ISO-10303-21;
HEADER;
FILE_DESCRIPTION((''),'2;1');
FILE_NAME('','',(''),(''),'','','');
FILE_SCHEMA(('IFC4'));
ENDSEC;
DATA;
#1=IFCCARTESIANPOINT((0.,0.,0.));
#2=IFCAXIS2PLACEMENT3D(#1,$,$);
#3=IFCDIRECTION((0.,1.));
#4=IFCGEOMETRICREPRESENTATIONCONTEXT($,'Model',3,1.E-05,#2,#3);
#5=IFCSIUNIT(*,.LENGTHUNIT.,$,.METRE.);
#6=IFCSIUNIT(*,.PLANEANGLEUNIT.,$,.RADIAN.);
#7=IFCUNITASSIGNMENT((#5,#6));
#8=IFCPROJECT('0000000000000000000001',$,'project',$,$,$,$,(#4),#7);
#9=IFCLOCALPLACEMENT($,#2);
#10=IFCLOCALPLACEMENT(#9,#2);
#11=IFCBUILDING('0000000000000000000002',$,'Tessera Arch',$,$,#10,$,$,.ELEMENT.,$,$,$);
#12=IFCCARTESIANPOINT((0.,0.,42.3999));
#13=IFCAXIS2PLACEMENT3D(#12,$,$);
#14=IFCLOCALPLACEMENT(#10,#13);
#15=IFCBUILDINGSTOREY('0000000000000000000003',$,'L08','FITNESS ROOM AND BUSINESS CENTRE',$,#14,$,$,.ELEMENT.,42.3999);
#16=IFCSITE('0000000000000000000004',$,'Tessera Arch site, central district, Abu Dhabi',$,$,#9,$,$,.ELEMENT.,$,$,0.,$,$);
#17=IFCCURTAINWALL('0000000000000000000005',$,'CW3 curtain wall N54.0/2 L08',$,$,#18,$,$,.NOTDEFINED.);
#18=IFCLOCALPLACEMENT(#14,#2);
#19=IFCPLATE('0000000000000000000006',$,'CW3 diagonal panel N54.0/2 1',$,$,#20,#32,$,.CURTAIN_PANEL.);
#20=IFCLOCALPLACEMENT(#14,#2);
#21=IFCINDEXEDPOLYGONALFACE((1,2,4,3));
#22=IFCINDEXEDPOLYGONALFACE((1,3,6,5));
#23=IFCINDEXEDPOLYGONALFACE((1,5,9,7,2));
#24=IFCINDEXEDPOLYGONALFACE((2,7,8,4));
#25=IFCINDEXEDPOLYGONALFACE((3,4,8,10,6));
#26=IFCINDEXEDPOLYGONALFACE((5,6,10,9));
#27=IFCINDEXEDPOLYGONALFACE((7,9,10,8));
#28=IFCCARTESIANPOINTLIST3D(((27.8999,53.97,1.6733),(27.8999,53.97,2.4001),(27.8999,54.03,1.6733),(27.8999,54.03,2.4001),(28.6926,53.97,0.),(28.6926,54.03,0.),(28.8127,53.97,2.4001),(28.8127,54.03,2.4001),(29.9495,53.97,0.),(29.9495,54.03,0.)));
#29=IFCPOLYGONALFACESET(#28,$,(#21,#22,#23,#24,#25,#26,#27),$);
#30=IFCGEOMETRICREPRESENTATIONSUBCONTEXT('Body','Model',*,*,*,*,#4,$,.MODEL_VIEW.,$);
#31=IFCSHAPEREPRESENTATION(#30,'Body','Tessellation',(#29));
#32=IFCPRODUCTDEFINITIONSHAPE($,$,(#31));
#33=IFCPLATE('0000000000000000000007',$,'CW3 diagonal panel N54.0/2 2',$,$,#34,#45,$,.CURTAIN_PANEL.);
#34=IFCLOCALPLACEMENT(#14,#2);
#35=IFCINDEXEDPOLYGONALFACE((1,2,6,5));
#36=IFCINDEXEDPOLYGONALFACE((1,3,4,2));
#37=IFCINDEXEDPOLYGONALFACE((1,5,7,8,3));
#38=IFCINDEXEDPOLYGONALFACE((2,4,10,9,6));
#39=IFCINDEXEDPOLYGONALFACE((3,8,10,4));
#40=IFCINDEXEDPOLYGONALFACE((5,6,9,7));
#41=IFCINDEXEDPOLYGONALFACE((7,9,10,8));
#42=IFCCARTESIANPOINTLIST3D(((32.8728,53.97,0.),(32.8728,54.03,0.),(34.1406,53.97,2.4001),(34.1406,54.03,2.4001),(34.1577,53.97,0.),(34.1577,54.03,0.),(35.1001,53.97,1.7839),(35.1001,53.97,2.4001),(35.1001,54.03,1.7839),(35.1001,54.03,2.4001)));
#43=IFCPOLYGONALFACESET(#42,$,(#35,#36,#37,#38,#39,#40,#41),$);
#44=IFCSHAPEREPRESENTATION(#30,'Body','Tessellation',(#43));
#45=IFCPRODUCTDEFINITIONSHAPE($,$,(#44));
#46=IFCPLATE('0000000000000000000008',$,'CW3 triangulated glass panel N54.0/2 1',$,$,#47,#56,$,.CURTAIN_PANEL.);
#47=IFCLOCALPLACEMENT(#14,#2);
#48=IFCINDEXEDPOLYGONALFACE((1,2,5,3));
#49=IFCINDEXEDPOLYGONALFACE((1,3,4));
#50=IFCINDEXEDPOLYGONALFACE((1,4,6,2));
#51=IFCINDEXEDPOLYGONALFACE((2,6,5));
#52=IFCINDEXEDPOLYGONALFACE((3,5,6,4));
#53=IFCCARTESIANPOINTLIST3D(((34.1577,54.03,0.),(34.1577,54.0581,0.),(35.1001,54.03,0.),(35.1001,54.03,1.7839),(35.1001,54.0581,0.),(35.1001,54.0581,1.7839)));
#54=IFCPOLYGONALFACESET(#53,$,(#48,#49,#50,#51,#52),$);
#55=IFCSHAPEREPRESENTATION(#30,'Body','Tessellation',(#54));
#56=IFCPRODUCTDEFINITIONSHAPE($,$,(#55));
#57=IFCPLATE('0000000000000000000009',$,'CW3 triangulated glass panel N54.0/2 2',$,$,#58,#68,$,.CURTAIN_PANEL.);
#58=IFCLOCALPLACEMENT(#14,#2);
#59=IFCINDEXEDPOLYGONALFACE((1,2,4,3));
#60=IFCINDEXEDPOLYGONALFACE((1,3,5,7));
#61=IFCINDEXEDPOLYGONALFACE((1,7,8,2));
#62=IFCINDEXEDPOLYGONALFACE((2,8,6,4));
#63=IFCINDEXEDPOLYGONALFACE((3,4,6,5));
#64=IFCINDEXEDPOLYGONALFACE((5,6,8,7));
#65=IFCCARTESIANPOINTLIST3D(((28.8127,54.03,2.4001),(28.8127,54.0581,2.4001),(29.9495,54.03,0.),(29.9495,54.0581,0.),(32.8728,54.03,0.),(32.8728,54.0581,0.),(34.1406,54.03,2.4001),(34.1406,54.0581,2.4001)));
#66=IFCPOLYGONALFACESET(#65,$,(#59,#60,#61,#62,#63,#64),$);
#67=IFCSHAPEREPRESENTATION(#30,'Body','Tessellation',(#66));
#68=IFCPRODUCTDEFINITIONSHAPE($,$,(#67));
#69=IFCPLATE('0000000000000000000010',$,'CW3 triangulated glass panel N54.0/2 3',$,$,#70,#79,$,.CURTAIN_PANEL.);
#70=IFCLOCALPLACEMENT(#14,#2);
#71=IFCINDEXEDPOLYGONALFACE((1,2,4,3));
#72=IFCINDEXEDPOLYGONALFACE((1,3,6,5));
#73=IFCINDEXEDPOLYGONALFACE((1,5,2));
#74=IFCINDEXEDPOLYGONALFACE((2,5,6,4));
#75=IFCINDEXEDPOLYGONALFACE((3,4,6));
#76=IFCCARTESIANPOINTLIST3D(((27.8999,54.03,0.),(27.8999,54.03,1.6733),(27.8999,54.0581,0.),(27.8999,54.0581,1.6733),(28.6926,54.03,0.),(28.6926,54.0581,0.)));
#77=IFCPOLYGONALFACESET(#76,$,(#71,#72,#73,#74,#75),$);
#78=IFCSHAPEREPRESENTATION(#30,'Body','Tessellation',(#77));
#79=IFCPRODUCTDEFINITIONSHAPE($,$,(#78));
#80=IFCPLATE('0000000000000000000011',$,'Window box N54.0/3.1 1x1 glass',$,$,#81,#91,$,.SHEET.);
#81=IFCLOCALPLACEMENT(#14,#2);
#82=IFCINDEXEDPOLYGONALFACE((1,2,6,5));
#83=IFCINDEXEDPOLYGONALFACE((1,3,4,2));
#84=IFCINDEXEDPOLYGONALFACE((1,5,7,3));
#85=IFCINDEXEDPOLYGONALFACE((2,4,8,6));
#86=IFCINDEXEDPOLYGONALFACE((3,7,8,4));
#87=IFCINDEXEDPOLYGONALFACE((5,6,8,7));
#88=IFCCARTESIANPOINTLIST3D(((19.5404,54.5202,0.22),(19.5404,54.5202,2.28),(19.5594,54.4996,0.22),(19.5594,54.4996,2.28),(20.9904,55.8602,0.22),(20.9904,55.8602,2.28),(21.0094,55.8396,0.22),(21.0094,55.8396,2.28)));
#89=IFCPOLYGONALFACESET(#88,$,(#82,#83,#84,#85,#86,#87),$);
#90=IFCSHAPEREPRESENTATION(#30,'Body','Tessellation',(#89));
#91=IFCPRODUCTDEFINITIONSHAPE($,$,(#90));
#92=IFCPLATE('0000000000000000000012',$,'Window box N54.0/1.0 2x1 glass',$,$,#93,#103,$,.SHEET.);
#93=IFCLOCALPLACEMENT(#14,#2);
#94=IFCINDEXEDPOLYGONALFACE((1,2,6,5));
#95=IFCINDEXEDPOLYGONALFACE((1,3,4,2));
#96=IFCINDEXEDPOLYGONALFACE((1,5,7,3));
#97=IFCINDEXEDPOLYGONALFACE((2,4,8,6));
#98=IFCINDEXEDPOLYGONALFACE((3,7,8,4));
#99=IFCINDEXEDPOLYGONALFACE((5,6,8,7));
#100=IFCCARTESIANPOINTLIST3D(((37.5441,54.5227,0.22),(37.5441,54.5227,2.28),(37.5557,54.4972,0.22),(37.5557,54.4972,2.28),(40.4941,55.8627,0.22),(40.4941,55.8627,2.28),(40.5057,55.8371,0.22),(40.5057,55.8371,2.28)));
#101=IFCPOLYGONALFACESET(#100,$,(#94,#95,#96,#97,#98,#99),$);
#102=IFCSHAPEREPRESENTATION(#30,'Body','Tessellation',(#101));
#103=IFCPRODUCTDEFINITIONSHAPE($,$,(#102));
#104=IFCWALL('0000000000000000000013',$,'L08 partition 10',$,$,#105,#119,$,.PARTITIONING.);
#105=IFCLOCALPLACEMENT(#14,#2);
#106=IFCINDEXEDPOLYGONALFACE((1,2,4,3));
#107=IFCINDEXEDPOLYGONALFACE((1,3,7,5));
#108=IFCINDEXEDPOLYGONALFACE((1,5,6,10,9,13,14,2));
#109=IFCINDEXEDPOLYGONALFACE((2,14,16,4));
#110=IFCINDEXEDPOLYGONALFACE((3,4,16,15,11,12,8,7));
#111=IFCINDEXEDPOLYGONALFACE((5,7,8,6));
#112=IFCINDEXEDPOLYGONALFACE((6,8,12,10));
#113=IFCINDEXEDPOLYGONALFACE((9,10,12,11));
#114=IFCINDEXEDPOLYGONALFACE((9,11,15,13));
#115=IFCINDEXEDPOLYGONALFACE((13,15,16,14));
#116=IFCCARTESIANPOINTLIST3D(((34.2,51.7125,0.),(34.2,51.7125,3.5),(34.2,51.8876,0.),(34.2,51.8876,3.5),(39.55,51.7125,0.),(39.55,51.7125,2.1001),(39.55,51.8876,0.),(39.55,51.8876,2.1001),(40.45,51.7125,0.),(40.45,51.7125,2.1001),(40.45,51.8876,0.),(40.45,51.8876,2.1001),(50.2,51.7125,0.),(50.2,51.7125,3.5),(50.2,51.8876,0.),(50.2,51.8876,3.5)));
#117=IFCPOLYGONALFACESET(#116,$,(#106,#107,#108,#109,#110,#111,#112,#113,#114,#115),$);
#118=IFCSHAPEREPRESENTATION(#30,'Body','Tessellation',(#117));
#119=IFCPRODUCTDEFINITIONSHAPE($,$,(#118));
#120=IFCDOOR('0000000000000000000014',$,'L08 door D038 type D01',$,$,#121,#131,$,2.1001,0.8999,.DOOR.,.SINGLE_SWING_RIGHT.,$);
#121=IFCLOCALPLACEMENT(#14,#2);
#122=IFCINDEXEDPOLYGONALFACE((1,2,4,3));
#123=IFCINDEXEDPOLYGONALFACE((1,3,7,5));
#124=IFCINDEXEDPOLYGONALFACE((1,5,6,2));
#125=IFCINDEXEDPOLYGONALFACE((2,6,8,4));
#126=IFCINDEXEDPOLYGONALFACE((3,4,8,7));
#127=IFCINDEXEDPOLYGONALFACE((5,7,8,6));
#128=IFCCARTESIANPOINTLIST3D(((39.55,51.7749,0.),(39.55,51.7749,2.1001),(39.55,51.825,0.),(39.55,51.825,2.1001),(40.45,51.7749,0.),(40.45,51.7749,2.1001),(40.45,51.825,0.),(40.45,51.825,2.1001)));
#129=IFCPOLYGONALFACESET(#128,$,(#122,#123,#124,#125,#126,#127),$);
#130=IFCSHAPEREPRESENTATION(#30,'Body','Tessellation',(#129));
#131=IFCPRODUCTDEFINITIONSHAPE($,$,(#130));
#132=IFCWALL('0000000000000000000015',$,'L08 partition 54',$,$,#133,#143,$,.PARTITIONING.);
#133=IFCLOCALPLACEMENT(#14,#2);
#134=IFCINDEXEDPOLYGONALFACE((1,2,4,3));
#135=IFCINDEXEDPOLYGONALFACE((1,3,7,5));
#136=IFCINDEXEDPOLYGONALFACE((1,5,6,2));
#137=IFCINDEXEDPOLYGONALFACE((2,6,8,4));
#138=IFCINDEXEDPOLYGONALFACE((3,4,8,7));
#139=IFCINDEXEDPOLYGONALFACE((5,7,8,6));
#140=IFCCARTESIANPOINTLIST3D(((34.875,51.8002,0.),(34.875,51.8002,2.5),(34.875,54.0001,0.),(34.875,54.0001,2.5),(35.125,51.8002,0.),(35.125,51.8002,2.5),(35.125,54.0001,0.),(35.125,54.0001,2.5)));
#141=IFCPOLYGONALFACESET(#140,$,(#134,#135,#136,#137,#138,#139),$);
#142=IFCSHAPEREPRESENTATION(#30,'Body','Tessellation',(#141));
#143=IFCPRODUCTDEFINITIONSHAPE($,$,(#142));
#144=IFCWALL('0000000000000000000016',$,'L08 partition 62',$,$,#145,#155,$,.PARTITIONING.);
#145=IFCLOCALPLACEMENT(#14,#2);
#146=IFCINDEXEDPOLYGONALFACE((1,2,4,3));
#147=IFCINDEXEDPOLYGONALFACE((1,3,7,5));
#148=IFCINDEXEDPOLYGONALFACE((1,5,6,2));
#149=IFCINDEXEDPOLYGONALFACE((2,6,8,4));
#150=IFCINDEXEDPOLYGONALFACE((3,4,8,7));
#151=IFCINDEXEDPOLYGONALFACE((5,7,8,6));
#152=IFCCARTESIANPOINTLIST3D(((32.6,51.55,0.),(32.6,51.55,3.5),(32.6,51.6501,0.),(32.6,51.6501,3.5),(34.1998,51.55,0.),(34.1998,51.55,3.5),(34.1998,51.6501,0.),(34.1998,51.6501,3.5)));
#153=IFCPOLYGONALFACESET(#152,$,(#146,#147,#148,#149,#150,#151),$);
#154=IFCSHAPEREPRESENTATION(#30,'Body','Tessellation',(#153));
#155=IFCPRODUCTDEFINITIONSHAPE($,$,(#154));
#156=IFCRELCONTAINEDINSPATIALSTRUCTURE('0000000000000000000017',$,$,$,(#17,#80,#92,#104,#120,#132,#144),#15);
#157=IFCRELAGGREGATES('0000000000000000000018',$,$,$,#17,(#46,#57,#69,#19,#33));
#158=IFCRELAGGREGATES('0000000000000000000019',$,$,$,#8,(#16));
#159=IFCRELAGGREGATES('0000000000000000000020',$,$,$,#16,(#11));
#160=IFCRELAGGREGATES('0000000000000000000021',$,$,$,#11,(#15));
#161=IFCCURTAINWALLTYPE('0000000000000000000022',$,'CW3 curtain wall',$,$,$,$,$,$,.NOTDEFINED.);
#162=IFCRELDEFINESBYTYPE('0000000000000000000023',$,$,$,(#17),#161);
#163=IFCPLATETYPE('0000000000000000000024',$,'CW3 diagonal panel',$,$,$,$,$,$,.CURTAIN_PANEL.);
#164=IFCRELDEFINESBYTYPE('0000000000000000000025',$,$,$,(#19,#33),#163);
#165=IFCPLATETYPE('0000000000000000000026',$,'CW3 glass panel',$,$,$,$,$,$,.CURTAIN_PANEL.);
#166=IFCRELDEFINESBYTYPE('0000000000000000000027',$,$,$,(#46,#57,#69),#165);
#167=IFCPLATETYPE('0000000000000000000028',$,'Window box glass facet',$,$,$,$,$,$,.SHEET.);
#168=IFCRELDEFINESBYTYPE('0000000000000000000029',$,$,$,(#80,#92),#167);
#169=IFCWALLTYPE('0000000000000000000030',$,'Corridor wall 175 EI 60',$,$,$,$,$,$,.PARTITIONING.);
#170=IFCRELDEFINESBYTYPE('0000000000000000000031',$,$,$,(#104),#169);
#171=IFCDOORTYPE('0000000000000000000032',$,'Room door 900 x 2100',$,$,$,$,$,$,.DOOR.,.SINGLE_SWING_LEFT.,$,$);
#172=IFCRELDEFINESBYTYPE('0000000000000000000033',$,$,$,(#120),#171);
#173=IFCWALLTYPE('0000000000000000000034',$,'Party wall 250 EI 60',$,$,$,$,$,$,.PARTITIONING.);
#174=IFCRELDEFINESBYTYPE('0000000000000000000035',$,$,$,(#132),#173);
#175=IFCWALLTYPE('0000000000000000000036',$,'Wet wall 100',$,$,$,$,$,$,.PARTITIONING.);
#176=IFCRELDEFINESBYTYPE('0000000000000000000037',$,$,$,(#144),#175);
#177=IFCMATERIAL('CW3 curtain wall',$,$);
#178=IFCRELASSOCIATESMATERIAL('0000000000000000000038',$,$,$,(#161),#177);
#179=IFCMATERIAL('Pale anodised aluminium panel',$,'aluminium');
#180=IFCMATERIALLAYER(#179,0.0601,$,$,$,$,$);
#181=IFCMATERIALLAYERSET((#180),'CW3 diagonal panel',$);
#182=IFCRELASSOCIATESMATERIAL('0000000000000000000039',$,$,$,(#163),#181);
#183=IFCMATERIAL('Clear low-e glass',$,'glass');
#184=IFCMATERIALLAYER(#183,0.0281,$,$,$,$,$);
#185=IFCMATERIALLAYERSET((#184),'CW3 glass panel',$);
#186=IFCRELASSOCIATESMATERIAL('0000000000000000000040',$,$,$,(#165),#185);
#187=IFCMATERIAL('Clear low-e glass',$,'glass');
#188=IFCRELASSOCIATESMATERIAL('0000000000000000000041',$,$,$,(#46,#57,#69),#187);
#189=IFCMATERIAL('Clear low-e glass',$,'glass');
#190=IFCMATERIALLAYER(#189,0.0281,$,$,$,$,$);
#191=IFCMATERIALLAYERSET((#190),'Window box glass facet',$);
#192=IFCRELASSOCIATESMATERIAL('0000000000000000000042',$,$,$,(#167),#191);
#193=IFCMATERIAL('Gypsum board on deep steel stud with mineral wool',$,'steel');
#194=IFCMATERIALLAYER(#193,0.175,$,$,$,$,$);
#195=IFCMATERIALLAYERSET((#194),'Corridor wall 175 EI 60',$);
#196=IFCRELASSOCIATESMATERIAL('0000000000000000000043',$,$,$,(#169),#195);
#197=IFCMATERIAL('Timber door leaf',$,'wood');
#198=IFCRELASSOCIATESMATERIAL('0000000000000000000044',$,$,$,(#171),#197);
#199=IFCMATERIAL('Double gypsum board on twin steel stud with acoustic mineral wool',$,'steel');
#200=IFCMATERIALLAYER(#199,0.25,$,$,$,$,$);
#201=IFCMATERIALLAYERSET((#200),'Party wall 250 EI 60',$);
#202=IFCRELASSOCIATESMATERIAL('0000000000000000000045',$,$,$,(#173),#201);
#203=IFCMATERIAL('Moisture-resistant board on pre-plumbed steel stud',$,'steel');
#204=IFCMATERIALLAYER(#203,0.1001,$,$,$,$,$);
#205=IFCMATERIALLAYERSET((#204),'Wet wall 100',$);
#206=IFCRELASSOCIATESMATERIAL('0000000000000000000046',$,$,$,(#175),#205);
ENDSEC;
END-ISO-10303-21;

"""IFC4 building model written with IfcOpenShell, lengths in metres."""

from ifc_helpers import new_model, si_unit, direction, frame, frame_2d, origin, origin_2d, place, context, subcontext, project, spatial, polyline, rectangle, outline, extrude, material, layer, layer_set, type_object, element, fill, aggregate, save


model = new_model("IFC4")

# Units and contexts
model_context = context("Model", 3, precision=1e-05, world=origin(), true_north=direction((0.0, 1.0)))
body_context = subcontext(model_context, "Body", "Model", "MODEL_VIEW")
ifc_project = project(units=[si_unit("LENGTHUNIT", "METRE"), si_unit("PLANEANGLEUNIT", "RADIAN")], contexts=[model_context])

# Site, building, storey
site_placement = place(None, origin())
site = spatial("IfcSite", under=ifc_project, at=site_placement, Name="Tessera Arch site, central district, Abu Dhabi", CompositionType="ELEMENT", RefElevation=0.0)
building_placement = place(site_placement, origin())
building = spatial("IfcBuilding", under=site, at=building_placement, Name="Tessera Arch", CompositionType="ELEMENT")
storey_placement = place(building_placement, frame((0.0, 0.0, 42.3999)))
storey = spatial("IfcBuildingStorey", under=building, at=storey_placement, Name="L08", Description="FITNESS ROOM AND BUSINESS CENTRE", CompositionType="ELEMENT", Elevation=42.3999)

# Curtain wall
ifc_material_1 = material(Name="CW3 curtain wall")
curtain_wall_type_1 = type_object("IfcCurtainWallType", Name="CW3 curtain wall", PredefinedType="NOTDEFINED", material=ifc_material_1)
curtain_wall_1_placement = place(storey_placement, origin())
curtain_wall_1 = element("IfcCurtainWall", 1, at=curtain_wall_1_placement, inside=storey, type_object=curtain_wall_type_1, Name="CW3 curtain wall N54.0/2 L08", PredefinedType="NOTDEFINED")

# Plates
ifc_material_2 = material(Name="Clear low-e glass", Category="glass")
ifc_material_3 = material(Name="Pale anodised aluminium panel", Category="aluminium")
ifc_layer_1 = layer(ifc_material_3, 0.0601)
ifc_layer_set_1 = layer_set([ifc_layer_1], Name="CW3 diagonal panel")
plate_type_1 = type_object("IfcPlateType", Name="CW3 diagonal panel", PredefinedType="CURTAIN_PANEL", material=ifc_layer_set_1)
plate_1_placement = place(storey_placement, frame((27.8999, 54.03, 2.4001), z_axis=(0.0, 1.0, 0.0), x_axis=(1.0, 0.0, 0.0)))
plate_1 = element("IfcPlate", 2, at=plate_1_placement, type_object=plate_type_1, Name="CW3 diagonal panel N54.0/2 1", PredefinedType="CURTAIN_PANEL", context=body_context, shape_type="SweptSolid", body=[
    extrude(outline(polyline([(0.0, 0.0), (0.9128, 0.0), (2.0496, 2.4001), (0.7927, 2.4001), (0.0, 0.7268), (0.0, 0.0)])), origin(), (0.0, 0.0, -1.0), 0.0601),
])
plate_2_placement = place(storey_placement, frame((35.1001, 54.03, 2.4001), z_axis=(0.0, 1.0, 0.0), x_axis=(0.0, 0.0, -1.0)))
plate_2 = element("IfcPlate", 3, at=plate_2_placement, type_object=plate_type_1, Name="CW3 diagonal panel N54.0/2 2", PredefinedType="CURTAIN_PANEL", context=body_context, shape_type="SweptSolid", body=[
    extrude(outline(polyline([(0.0, 0.0), (0.6162, 0.0), (2.4001, 0.9424), (2.4001, 2.2273), (0.0, 0.9595), (0.0, 0.0)])), origin(), (0.0, 0.0, -1.0), 0.0601),
])
ifc_material_4 = material(Name="Clear low-e glass", Category="glass")
ifc_layer_2 = layer(ifc_material_4, 0.0281)
ifc_layer_set_2 = layer_set([ifc_layer_2], Name="CW3 glass panel")
plate_type_2 = type_object("IfcPlateType", Name="CW3 glass panel", PredefinedType="CURTAIN_PANEL", material=ifc_layer_set_2)
plate_3_placement = place(storey_placement, frame((35.1001, 54.0581, 0.0), z_axis=(0.0, 1.0, 0.0), x_axis=(-1.0, 0.0, 0.0)))
plate_3 = element("IfcPlate", 4, at=plate_3_placement, type_object=plate_type_2, material=ifc_material_2, Name="CW3 triangulated glass panel N54.0/2 1", PredefinedType="CURTAIN_PANEL", context=body_context, shape_type="SweptSolid", body=[
    extrude(outline(polyline([(0.0, 0.0), (0.9424, 0.0), (0.0, 1.7839), (0.0, 0.0)])), origin(), (0.0, 0.0, -1.0), 0.0281),
])
plate_4_placement = place(storey_placement, frame((28.8127, 54.0581, 2.4001), z_axis=(0.0, 1.0, 0.0), x_axis=(1.0, 0.0, 0.0)))
plate_4 = element("IfcPlate", 5, at=plate_4_placement, type_object=plate_type_2, material=ifc_material_2, Name="CW3 triangulated glass panel N54.0/2 2", PredefinedType="CURTAIN_PANEL", context=body_context, shape_type="SweptSolid", body=[
    extrude(outline(polyline([(0.0, 0.0), (5.3279, 0.0), (4.0601, 2.4001), (1.1367, 2.4001), (0.0, 0.0)])), origin(), (0.0, 0.0, -1.0), 0.0281),
])
plate_5_placement = place(storey_placement, frame((27.8999, 54.0581, 0.0), z_axis=(0.0, 1.0, 0.0), x_axis=(0.0, 0.0, 1.0)))
plate_5 = element("IfcPlate", 6, at=plate_5_placement, type_object=plate_type_2, material=ifc_material_2, Name="CW3 triangulated glass panel N54.0/2 3", PredefinedType="CURTAIN_PANEL", context=body_context, shape_type="SweptSolid", body=[
    extrude(outline(polyline([(0.0, 0.0), (1.6733, 0.0), (0.0, 0.7927), (0.0, 0.0)])), origin(), (0.0, 0.0, -1.0), 0.0281),
])
aggregate(curtain_wall_1, [plate_3, plate_4, plate_5, plate_1, plate_2])

# Plates
ifc_material_5 = material(Name="Clear low-e glass", Category="glass")
ifc_layer_3 = layer(ifc_material_5, 0.0281)
ifc_layer_set_3 = layer_set([ifc_layer_3], Name="Window box glass facet")
plate_type_3 = type_object("IfcPlateType", Name="Window box glass facet", PredefinedType="SHEET", material=ifc_layer_set_3)
plate_6_placement = place(storey_placement, frame((20.2749, 55.1799, 0.22), z_axis=(0.0, 0.0, 1.0), x_axis=(0.734415, 0.678701, 0.0)))
element("IfcPlate", 7, at=plate_6_placement, inside=storey, type_object=plate_type_3, Name="Window box N54.0/3.1 1x1 glass", PredefinedType="SHEET", context=body_context, shape_type="SweptSolid", body=[
    extrude(rectangle(XDim=1.9744, YDim=0.0281, at=origin_2d()), origin(), (0.0, 0.0, 1.0), 2.0601),
])
plate_7_placement = place(storey_placement, frame((39.0249, 55.1799, 0.22), z_axis=(0.0, 0.0, 1.0), x_axis=(0.910472, 0.41357, 0.0)))
element("IfcPlate", 8, at=plate_7_placement, inside=storey, type_object=plate_type_3, Name="Window box N54.0/1.0 2x1 glass", PredefinedType="SHEET", context=body_context, shape_type="SweptSolid", body=[
    extrude(rectangle(XDim=3.24, YDim=0.0281, at=origin_2d()), origin(), (0.0, 0.0, 1.0), 2.0601),
])

# Wall, opening, door
ifc_material_6 = material(Name="Gypsum board on deep steel stud with mineral wool", Category="steel")
ifc_layer_4 = layer(ifc_material_6, 0.175)
ifc_layer_set_4 = layer_set([ifc_layer_4], Name="Corridor wall 175 EI 60")
wall_type_1 = type_object("IfcWallType", Name="Corridor wall 175 EI 60", PredefinedType="PARTITIONING", material=ifc_layer_set_4)
wall_1_placement = place(storey_placement, frame((34.2, 51.8, 0.0), z_axis=(0.0, 0.0, 1.0), x_axis=(1.0, 0.0, 0.0)))
wall_1 = element("IfcWall", 9, at=wall_1_placement, inside=storey, type_object=wall_type_1, Name="L08 partition 10", PredefinedType="PARTITIONING", context=body_context, shape_type="SweptSolid", body=[
    extrude(rectangle(XDim=16.0, YDim=0.175, at=frame_2d((8.0, 0.0))), origin(), (0.0, 0.0, 1.0), 3.5),
])
opening_1_placement = place(wall_1_placement, frame((5.3501, 0.0, 0.0)))
opening_1 = element("IfcOpeningElement", 10, at=opening_1_placement, cuts=wall_1, PredefinedType="OPENING", context=body_context, shape_type="SweptSolid", body=[
    extrude(rectangle(XDim=0.8999, YDim=2.1001, at=frame_2d((0.45, 1.05))), frame((0.0, 0.0974, 0.0), z_axis=(0.0, -1.0, 0.0), x_axis=(1.0, 0.0, 0.0)), (0.0, 0.0, 1.0), 0.1951),
])
ifc_material_7 = material(Name="Timber door leaf", Category="wood")
door_type_1 = type_object("IfcDoorType", Name="Room door 900 x 2100", OperationType="SINGLE_SWING_LEFT", PredefinedType="DOOR", material=ifc_material_7)
door_1_placement = place(opening_1_placement, origin())
door_1 = element("IfcDoor", 11, at=door_1_placement, inside=storey, type_object=door_type_1, Name="L08 door D038 type D01", OperationType="SINGLE_SWING_RIGHT", OverallHeight=2.1001, OverallWidth=0.8999, PredefinedType="DOOR", context=body_context, shape_type="SweptSolid", body=[
    extrude(rectangle(XDim=0.8999, YDim=2.1001, at=frame_2d((0.45, 1.05))), frame((0.0, 0.0249, 0.0), z_axis=(0.0, -1.0, 0.0), x_axis=(1.0, 0.0, 0.0)), (0.0, 0.0, 1.0), 0.05),
])
fill(opening_1, door_1)

# Walls
ifc_material_8 = material(Name="Double gypsum board on twin steel stud with acoustic mineral wool", Category="steel")
ifc_layer_5 = layer(ifc_material_8, 0.25)
ifc_layer_set_5 = layer_set([ifc_layer_5], Name="Party wall 250 EI 60")
wall_type_2 = type_object("IfcWallType", Name="Party wall 250 EI 60", PredefinedType="PARTITIONING", material=ifc_layer_set_5)
wall_2_placement = place(storey_placement, frame((35.0, 51.8, 0.0), z_axis=(0.0, 0.0, 1.0), x_axis=(0.0, 1.0, 0.0)))
element("IfcWall", 12, at=wall_2_placement, inside=storey, type_object=wall_type_2, Name="L08 partition 54", PredefinedType="PARTITIONING", context=body_context, shape_type="SweptSolid", body=[
    extrude(rectangle(XDim=2.2, YDim=0.25, at=frame_2d((1.1001, 0.0))), origin(), (0.0, 0.0, 1.0), 2.5),
])
ifc_material_9 = material(Name="Moisture-resistant board on pre-plumbed steel stud", Category="steel")
ifc_layer_6 = layer(ifc_material_9, 0.1001)
ifc_layer_set_6 = layer_set([ifc_layer_6], Name="Wet wall 100")
wall_type_3 = type_object("IfcWallType", Name="Wet wall 100", PredefinedType="PARTITIONING", material=ifc_layer_set_6)
wall_3_placement = place(storey_placement, frame((32.6001, 51.6001, 0.0), z_axis=(0.0, 0.0, 1.0), x_axis=(1.0, 0.0, 0.0)))
element("IfcWall", 13, at=wall_3_placement, inside=storey, type_object=wall_type_3, Name="L08 partition 62", PredefinedType="PARTITIONING", context=body_context, shape_type="SweptSolid", body=[
    extrude(rectangle(XDim=1.5999, YDim=0.1001, at=frame_2d((0.7998, 0.0))), origin(), (0.0, 0.0, 1.0), 3.5),
])

save(model, "model.ifc")
